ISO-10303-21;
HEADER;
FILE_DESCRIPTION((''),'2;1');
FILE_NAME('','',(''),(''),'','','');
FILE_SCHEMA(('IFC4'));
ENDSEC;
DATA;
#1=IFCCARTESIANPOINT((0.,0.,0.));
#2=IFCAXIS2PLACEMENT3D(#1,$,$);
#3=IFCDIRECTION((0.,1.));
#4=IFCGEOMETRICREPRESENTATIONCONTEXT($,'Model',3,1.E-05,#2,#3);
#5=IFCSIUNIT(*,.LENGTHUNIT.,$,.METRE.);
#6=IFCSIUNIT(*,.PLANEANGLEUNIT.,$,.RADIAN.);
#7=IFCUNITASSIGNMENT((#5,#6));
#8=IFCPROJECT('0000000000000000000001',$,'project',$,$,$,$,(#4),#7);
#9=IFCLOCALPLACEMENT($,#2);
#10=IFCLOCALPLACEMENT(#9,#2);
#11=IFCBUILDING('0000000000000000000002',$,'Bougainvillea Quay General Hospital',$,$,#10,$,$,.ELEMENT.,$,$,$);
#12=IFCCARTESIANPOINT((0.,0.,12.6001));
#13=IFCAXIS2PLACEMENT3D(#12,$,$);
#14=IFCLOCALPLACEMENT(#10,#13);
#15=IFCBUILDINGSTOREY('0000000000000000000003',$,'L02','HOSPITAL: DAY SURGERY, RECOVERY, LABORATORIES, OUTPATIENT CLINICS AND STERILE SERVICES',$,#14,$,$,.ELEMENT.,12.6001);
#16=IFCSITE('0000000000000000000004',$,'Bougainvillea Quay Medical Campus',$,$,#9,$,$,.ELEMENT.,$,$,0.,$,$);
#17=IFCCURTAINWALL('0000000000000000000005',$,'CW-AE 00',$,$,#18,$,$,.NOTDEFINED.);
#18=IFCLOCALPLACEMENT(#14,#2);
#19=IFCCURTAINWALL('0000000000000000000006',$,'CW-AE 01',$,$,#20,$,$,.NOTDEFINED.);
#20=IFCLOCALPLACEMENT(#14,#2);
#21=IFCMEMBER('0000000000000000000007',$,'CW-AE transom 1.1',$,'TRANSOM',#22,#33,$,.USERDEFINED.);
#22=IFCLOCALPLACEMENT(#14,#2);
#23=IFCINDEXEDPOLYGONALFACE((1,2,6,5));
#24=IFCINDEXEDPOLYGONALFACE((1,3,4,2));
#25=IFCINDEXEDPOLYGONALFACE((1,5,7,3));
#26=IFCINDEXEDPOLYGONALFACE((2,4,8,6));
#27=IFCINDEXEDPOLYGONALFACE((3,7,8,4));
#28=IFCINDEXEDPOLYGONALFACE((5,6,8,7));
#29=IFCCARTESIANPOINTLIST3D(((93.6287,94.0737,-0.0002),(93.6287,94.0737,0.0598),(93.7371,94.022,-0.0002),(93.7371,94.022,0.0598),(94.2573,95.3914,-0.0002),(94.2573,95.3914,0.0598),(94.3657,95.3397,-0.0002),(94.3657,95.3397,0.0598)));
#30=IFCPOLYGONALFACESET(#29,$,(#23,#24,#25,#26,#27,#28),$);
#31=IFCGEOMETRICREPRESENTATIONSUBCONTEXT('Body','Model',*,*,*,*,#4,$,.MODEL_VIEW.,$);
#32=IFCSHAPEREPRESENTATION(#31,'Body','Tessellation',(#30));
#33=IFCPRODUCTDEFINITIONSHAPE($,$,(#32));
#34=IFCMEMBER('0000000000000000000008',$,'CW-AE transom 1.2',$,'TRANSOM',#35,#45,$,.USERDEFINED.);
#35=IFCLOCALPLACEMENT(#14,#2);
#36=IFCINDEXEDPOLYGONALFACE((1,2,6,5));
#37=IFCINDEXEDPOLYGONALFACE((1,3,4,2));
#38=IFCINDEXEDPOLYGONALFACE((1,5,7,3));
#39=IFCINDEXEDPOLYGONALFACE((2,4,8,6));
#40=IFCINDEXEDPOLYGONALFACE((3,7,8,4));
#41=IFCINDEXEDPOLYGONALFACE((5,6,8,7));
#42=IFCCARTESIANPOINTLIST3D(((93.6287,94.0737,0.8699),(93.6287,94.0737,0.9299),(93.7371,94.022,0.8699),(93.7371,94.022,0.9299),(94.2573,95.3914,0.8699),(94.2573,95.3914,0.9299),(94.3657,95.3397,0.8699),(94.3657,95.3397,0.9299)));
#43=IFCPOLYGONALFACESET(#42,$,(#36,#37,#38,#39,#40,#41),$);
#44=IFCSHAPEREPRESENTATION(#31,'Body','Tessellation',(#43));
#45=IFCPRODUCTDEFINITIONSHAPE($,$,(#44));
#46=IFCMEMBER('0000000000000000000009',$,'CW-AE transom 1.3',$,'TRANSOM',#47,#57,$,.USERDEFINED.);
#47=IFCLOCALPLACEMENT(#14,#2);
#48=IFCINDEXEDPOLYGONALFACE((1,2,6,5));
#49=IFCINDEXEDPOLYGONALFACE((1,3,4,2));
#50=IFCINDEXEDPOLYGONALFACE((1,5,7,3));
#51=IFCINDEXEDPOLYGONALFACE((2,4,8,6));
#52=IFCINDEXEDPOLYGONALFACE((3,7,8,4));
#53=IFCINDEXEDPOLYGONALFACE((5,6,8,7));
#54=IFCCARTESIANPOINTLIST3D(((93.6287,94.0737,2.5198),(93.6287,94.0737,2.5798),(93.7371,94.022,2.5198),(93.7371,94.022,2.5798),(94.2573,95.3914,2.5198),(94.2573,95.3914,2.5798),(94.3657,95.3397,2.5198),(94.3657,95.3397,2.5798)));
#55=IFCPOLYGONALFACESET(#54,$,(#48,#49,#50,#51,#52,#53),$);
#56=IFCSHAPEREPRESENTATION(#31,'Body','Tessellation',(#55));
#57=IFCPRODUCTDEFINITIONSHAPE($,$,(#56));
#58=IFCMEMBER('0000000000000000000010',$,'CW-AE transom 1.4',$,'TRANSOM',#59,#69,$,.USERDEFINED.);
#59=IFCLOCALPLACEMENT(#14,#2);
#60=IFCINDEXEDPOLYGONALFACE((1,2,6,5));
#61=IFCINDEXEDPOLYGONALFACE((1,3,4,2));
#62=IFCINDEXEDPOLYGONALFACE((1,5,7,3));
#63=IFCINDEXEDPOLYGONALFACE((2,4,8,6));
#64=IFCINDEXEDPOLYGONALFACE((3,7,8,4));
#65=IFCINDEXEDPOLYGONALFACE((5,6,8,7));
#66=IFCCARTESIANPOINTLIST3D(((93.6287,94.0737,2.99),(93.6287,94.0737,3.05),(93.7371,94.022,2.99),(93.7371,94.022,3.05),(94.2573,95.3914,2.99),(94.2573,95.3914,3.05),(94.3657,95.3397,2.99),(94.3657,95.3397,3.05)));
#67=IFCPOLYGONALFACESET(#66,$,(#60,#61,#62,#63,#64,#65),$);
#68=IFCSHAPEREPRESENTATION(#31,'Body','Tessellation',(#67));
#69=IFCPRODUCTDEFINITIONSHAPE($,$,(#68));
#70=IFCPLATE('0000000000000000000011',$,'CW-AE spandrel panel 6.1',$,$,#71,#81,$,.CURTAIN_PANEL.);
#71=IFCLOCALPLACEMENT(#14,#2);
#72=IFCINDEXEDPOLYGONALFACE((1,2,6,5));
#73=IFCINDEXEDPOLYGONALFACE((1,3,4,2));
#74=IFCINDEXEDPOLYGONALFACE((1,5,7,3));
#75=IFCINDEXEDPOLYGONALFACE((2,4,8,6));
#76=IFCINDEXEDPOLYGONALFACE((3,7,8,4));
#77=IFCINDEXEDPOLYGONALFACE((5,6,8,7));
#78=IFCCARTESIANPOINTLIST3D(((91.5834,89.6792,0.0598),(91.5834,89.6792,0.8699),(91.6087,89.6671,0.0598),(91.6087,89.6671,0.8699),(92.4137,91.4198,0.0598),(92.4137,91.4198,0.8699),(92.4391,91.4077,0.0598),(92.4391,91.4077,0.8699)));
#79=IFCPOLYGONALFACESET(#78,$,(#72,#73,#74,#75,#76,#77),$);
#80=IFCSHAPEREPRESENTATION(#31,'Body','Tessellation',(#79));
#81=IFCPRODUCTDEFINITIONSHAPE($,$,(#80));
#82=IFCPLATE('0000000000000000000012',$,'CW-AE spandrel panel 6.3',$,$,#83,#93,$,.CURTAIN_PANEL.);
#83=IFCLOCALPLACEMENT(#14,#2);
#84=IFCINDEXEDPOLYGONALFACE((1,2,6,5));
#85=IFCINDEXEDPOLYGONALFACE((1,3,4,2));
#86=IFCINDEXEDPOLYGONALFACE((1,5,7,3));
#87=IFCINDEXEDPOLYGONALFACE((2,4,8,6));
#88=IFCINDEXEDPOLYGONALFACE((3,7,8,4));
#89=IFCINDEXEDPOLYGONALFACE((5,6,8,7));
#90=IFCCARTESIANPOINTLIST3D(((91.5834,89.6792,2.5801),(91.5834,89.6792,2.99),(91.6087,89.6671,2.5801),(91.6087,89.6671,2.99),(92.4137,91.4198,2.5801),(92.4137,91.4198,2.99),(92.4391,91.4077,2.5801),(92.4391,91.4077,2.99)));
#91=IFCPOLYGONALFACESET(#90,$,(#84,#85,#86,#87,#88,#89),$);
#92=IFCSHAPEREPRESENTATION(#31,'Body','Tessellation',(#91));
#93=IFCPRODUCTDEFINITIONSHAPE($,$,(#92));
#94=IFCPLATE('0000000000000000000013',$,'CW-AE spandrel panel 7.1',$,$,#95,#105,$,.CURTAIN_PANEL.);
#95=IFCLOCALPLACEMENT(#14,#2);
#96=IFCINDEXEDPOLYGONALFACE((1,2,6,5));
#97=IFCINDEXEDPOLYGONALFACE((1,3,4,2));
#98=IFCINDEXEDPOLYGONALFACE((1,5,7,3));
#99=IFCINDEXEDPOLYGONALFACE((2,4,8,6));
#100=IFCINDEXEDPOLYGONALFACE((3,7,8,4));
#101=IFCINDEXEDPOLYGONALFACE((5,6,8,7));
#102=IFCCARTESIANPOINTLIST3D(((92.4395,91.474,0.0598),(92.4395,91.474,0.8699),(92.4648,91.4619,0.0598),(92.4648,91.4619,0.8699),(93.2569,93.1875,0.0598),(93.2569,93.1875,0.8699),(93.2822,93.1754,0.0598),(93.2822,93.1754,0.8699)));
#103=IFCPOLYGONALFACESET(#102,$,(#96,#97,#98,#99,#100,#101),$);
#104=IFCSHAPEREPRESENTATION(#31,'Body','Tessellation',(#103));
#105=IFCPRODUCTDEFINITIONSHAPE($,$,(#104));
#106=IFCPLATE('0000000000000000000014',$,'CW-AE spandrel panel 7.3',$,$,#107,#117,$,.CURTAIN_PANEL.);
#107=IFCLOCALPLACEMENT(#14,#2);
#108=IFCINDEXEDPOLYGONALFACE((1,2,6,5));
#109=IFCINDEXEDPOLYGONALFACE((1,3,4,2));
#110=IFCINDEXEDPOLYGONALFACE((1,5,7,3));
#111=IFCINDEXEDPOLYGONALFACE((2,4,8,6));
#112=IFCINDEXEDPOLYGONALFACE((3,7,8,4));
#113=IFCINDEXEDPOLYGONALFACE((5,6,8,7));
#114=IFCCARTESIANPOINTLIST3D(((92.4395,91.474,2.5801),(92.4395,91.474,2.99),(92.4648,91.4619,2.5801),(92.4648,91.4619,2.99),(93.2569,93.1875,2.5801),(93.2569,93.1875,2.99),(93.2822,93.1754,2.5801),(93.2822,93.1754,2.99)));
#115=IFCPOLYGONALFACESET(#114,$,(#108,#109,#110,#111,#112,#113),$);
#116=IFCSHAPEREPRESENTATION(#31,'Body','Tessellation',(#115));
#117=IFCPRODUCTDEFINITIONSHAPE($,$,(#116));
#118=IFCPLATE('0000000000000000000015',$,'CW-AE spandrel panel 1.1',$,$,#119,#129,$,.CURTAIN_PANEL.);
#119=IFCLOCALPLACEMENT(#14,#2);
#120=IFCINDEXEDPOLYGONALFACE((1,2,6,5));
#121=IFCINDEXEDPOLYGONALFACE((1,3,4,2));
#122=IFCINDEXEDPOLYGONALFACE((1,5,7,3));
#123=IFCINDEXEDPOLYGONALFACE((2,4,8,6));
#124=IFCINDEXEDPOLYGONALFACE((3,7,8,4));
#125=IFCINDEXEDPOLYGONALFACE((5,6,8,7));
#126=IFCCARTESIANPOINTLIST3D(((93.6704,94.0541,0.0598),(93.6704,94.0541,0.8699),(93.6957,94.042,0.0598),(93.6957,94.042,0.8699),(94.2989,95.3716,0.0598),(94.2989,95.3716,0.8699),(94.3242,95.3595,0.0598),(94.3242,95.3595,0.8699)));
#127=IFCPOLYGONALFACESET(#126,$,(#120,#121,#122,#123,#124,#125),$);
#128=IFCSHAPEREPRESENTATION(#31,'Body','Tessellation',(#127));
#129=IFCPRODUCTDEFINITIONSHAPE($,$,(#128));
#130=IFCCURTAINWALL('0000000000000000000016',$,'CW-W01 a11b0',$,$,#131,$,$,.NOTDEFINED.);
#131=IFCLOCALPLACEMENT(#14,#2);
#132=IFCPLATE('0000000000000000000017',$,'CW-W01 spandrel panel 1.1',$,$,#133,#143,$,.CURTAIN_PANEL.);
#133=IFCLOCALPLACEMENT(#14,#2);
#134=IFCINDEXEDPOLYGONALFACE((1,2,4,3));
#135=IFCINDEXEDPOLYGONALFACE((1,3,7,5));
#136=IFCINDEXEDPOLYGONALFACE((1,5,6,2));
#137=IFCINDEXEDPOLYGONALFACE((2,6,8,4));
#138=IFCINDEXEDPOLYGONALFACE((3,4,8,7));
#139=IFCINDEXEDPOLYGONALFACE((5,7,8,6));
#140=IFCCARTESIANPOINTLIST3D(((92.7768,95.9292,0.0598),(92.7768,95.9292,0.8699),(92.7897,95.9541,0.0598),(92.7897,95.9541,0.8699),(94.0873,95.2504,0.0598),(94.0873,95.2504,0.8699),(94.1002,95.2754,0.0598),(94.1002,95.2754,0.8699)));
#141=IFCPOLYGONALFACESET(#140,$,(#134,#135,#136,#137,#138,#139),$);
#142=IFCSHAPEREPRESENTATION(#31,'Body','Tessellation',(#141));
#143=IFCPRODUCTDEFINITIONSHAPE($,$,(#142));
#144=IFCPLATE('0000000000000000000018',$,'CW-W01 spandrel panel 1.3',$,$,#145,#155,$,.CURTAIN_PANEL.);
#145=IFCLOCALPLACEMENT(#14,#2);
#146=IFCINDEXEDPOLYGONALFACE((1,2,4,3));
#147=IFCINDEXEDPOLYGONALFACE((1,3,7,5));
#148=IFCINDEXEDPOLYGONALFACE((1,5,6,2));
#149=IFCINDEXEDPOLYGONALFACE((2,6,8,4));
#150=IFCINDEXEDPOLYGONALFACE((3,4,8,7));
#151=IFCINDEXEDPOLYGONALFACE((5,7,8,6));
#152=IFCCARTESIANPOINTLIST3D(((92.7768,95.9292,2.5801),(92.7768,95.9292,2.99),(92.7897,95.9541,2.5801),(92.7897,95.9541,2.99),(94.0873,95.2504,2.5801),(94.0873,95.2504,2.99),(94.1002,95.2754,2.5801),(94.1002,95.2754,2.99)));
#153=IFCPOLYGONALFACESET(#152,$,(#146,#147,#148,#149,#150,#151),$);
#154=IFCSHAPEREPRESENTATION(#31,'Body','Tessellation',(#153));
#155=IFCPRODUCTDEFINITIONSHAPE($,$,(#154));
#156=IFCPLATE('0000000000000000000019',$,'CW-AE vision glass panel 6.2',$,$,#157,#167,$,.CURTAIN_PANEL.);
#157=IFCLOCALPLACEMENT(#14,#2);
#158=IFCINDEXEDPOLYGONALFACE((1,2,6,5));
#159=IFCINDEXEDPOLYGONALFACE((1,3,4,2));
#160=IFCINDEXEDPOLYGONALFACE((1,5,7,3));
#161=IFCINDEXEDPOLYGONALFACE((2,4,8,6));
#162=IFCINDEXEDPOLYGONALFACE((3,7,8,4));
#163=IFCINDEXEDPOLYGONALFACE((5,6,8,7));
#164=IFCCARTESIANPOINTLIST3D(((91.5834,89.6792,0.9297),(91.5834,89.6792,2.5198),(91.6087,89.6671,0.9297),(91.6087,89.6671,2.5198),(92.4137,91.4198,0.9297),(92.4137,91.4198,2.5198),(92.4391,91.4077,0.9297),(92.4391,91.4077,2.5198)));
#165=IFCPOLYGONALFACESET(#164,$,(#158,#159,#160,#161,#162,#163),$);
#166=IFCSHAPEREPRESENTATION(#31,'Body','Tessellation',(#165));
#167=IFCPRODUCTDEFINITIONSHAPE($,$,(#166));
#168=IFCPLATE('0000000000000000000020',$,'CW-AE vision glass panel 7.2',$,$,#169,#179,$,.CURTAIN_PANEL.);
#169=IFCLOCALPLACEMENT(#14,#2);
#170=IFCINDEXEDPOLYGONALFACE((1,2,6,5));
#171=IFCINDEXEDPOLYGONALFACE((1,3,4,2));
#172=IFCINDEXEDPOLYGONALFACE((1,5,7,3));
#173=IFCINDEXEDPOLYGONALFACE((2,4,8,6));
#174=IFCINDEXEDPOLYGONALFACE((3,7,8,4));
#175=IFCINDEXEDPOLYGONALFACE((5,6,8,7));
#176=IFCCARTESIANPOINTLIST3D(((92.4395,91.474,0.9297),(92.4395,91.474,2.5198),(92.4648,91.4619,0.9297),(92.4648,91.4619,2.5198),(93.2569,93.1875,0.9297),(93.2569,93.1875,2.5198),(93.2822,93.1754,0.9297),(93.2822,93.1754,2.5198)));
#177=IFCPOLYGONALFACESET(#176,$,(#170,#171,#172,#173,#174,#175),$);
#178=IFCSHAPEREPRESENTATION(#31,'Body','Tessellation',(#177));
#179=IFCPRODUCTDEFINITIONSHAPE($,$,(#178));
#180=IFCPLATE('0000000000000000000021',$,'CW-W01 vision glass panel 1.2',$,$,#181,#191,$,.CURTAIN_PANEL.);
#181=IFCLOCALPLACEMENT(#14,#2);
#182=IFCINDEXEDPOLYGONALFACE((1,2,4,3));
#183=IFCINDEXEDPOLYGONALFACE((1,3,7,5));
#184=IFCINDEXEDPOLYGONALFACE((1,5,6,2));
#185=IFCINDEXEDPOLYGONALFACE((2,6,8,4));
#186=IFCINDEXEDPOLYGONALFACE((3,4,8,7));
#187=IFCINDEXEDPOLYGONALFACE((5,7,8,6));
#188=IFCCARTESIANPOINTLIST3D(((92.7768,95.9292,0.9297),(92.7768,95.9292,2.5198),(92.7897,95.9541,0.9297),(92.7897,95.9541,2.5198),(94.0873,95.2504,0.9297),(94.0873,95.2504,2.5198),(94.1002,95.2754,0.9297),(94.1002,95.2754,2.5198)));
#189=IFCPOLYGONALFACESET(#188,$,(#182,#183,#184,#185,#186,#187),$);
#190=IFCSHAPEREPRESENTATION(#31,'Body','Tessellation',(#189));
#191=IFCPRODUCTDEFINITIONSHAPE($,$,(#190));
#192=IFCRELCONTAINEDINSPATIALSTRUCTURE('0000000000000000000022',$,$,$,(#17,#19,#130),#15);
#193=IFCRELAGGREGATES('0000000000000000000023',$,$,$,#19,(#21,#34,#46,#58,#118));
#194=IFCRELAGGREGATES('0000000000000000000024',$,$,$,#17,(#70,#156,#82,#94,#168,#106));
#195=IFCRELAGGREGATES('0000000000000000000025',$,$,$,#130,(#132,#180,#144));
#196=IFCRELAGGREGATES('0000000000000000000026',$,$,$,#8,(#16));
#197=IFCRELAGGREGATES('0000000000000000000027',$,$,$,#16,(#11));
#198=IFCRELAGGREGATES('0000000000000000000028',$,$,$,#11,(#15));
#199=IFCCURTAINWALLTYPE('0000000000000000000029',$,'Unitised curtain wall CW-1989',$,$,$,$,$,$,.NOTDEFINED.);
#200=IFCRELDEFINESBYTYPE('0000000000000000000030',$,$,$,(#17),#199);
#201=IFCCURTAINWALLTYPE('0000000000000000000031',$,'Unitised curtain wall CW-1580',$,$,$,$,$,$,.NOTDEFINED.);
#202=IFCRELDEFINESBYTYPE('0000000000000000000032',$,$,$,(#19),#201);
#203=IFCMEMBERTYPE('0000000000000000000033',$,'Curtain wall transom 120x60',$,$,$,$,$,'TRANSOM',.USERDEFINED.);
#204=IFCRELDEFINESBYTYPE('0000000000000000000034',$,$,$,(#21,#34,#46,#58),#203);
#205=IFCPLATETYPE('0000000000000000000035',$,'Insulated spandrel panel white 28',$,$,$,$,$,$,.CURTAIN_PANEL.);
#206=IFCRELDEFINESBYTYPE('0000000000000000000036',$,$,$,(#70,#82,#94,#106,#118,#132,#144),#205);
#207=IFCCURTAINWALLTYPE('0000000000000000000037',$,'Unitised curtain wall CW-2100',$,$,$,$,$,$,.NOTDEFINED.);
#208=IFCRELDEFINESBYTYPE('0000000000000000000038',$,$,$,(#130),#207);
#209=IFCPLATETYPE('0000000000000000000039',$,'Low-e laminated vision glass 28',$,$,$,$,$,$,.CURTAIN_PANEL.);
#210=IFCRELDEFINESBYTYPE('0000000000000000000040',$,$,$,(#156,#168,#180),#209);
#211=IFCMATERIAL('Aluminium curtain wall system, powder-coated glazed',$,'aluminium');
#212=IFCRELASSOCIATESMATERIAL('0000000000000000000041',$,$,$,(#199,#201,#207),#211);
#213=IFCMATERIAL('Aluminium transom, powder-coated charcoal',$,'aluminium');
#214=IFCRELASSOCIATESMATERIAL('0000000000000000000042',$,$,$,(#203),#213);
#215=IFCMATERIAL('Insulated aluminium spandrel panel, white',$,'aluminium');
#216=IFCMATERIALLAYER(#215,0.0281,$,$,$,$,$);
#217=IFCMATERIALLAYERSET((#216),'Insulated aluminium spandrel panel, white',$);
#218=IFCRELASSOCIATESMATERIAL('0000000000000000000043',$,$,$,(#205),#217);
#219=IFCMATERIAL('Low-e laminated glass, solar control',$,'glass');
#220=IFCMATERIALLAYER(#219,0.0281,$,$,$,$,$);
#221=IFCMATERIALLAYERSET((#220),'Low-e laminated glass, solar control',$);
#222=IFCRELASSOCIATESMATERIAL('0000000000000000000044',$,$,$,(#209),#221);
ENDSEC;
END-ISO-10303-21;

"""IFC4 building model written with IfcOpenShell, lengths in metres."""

from ifc_helpers import new_model, si_unit, direction, frame, origin, origin_2d, place, context, subcontext, project, spatial, rectangle, extrude, material, layer, layer_set, material_profile, profile_set, type_object, element, aggregate, save


model = new_model("IFC4")

# Units and contexts
model_context = context("Model", 3, precision=1e-05, world=origin(), true_north=direction((0.0, 1.0)))
body_context = subcontext(model_context, "Body", "Model", "MODEL_VIEW")
ifc_project = project(units=[si_unit("LENGTHUNIT", "METRE"), si_unit("PLANEANGLEUNIT", "RADIAN")], contexts=[model_context])

# Site, building, storey
site_placement = place(None, origin())
site = spatial("IfcSite", under=ifc_project, at=site_placement, Name="Bougainvillea Quay Medical Campus", CompositionType="ELEMENT", RefElevation=0.0)
building_placement = place(site_placement, origin())
building = spatial("IfcBuilding", under=site, at=building_placement, Name="Bougainvillea Quay General Hospital", CompositionType="ELEMENT")
storey_placement = place(building_placement, frame((0.0, 0.0, 12.6001)))
storey = spatial("IfcBuildingStorey", under=building, at=storey_placement, Name="L02", Description="HOSPITAL: DAY SURGERY, RECOVERY, LABORATORIES, OUTPATIENT CLINICS AND STERILE SERVICES", CompositionType="ELEMENT", Elevation=12.6001)

# Curtain wall
ifc_material_1 = material(Name="Aluminium curtain wall system, powder-coated glazed", Category="aluminium")
curtain_wall_type_1 = type_object("IfcCurtainWallType", Name="Unitised curtain wall CW-1989", PredefinedType="NOTDEFINED", material=ifc_material_1)
curtain_wall_1_placement = place(storey_placement, origin())
curtain_wall_1 = element("IfcCurtainWall", 1, at=curtain_wall_1_placement, inside=storey, type_object=curtain_wall_type_1, Name="CW-AE 00", PredefinedType="NOTDEFINED")

# Curtain wall
curtain_wall_type_2 = type_object("IfcCurtainWallType", Name="Unitised curtain wall CW-1580", PredefinedType="NOTDEFINED", material=ifc_material_1)
curtain_wall_2_placement = place(storey_placement, origin())
curtain_wall_2 = element("IfcCurtainWall", 2, at=curtain_wall_2_placement, inside=storey, type_object=curtain_wall_type_2, Name="CW-AE 01", PredefinedType="NOTDEFINED")

# Members
ifc_material_2 = material(Name="Aluminium transom, powder-coated charcoal", Category="aluminium")
ifc_material_profile_1 = material_profile(ifc_material_2, rectangle(XDim=0.1201, YDim=0.0601, at=origin_2d()))
ifc_profile_set_1 = profile_set([ifc_material_profile_1], Name="Aluminium transom, powder-coated charcoal")
member_type_1 = type_object("IfcMemberType", Name="Curtain wall transom 120x60", ElementType="TRANSOM", PredefinedType="USERDEFINED", material=ifc_profile_set_1)
member_1_placement = place(storey_placement, frame((93.6829, 94.0479, 0.0298), z_axis=(0.430615, 0.902536, 0.0), x_axis=(-0.902536, 0.430615, 0.0)))
member_1 = element("IfcMember", 3, at=member_1_placement, type_object=member_type_1, Name="CW-AE transom 1.1", ObjectType="TRANSOM", PredefinedType="USERDEFINED", context=body_context, shape_type="SweptSolid", body=[
    extrude(rectangle(XDim=0.1201, YDim=0.0601, at=origin_2d()), origin(), (0.0, 0.0, 1.0), 1.46),
])
member_2_placement = place(storey_placement, frame((93.6829, 94.0479, 0.8999), z_axis=(0.430615, 0.902536, 0.0), x_axis=(-0.902536, 0.430615, 0.0)))
member_2 = element("IfcMember", 4, at=member_2_placement, type_object=member_type_1, Name="CW-AE transom 1.2", ObjectType="TRANSOM", PredefinedType="USERDEFINED", context=body_context, shape_type="SweptSolid", body=[
    extrude(rectangle(XDim=0.1201, YDim=0.0601, at=origin_2d()), origin(), (0.0, 0.0, 1.0), 1.46),
])
member_3_placement = place(storey_placement, frame((93.6829, 94.0479, 2.5498), z_axis=(0.430615, 0.902536, 0.0), x_axis=(-0.902536, 0.430615, 0.0)))
member_3 = element("IfcMember", 5, at=member_3_placement, type_object=member_type_1, Name="CW-AE transom 1.3", ObjectType="TRANSOM", PredefinedType="USERDEFINED", context=body_context, shape_type="SweptSolid", body=[
    extrude(rectangle(XDim=0.1201, YDim=0.0601, at=origin_2d()), origin(), (0.0, 0.0, 1.0), 1.46),
])
member_4_placement = place(storey_placement, frame((93.6829, 94.0479, 3.02), z_axis=(0.430615, 0.902536, 0.0), x_axis=(-0.902536, 0.430615, 0.0)))
member_4 = element("IfcMember", 6, at=member_4_placement, type_object=member_type_1, Name="CW-AE transom 1.4", ObjectType="TRANSOM", PredefinedType="USERDEFINED", context=body_context, shape_type="SweptSolid", body=[
    extrude(rectangle(XDim=0.1201, YDim=0.0601, at=origin_2d()), origin(), (0.0, 0.0, 1.0), 1.46),
])

# Plates
ifc_material_3 = material(Name="Insulated aluminium spandrel panel, white", Category="aluminium")
ifc_layer_1 = layer(ifc_material_3, 0.0281)
ifc_layer_set_1 = layer_set([ifc_layer_1], Name="Insulated aluminium spandrel panel, white")
plate_type_1 = type_object("IfcPlateType", Name="Insulated spandrel panel white 28", PredefinedType="CURTAIN_PANEL", material=ifc_layer_set_1)
plate_1_placement = place(storey_placement, frame((92.0112, 90.5435, 0.0598), z_axis=(0.0, 0.0, 1.0), x_axis=(0.430563, 0.902561, 0.0)))
plate_1 = element("IfcPlate", 7, at=plate_1_placement, type_object=plate_type_1, Name="CW-AE spandrel panel 6.1", PredefinedType="CURTAIN_PANEL", context=body_context, shape_type="SweptSolid", body=[
    extrude(rectangle(XDim=1.9285, YDim=0.0281, at=origin_2d()), origin(), (0.0, 0.0, 1.0), 0.8101),
])
plate_2_placement = place(storey_placement, frame((92.0112, 90.5435, 2.5801), z_axis=(0.0, 0.0, 1.0), x_axis=(0.430563, 0.902561, 0.0)))
plate_2 = element("IfcPlate", 8, at=plate_2_placement, type_object=plate_type_1, Name="CW-AE spandrel panel 6.3", PredefinedType="CURTAIN_PANEL", context=body_context, shape_type="SweptSolid", body=[
    extrude(rectangle(XDim=1.9285, YDim=0.0281, at=origin_2d()), origin(), (0.0, 0.0, 1.0), 0.4099),
])
plate_3_placement = place(storey_placement, frame((92.8608, 92.3247, 0.0598), z_axis=(0.0, 0.0, 1.0), x_axis=(0.430563, 0.902561, 0.0)))
plate_3 = element("IfcPlate", 9, at=plate_3_placement, type_object=plate_type_1, Name="CW-AE spandrel panel 7.1", PredefinedType="CURTAIN_PANEL", context=body_context, shape_type="SweptSolid", body=[
    extrude(rectangle(XDim=1.8984, YDim=0.0281, at=origin_2d()), origin(), (0.0, 0.0, 1.0), 0.8101),
])
plate_4_placement = place(storey_placement, frame((92.8608, 92.3247, 2.5801), z_axis=(0.0, 0.0, 1.0), x_axis=(0.430563, 0.902561, 0.0)))
plate_4 = element("IfcPlate", 10, at=plate_4_placement, type_object=plate_type_1, Name="CW-AE spandrel panel 7.3", PredefinedType="CURTAIN_PANEL", context=body_context, shape_type="SweptSolid", body=[
    extrude(rectangle(XDim=1.8984, YDim=0.0281, at=origin_2d()), origin(), (0.0, 0.0, 1.0), 0.4099),
])
plate_5_placement = place(storey_placement, frame((93.9973, 94.7068, 0.0598), z_axis=(0.0, 0.0, 1.0), x_axis=(0.430563, 0.902561, 0.0)))
plate_5 = element("IfcPlate", 11, at=plate_5_placement, type_object=plate_type_1, Name="CW-AE spandrel panel 1.1", PredefinedType="CURTAIN_PANEL", context=body_context, shape_type="SweptSolid", body=[
    extrude(rectangle(XDim=1.4597, YDim=0.0281, at=origin_2d()), origin(), (0.0, 0.0, 1.0), 0.8101),
])
aggregate(curtain_wall_2, [member_1, member_2, member_3, member_4, plate_5])

# Curtain wall, plates
curtain_wall_type_3 = type_object("IfcCurtainWallType", Name="Unitised curtain wall CW-2100", PredefinedType="NOTDEFINED", material=ifc_material_1)
curtain_wall_3_placement = place(storey_placement, origin())
curtain_wall_3 = element("IfcCurtainWall", 12, at=curtain_wall_3_placement, inside=storey, type_object=curtain_wall_type_3, Name="CW-W01 a11b0", PredefinedType="NOTDEFINED")
plate_6_placement = place(storey_placement, frame((93.4385, 95.6023, 0.0598), z_axis=(0.0, 0.0, 1.0), x_axis=(-0.887958, 0.459924, 0.0)))
plate_6 = element("IfcPlate", 13, at=plate_6_placement, type_object=plate_type_1, Name="CW-W01 spandrel panel 1.1", PredefinedType="CURTAIN_PANEL", context=body_context, shape_type="SweptSolid", body=[
    extrude(rectangle(XDim=1.4758, YDim=0.0281, at=origin_2d()), origin(), (0.0, 0.0, 1.0), 0.8101),
])
plate_7_placement = place(storey_placement, frame((93.4385, 95.6023, 2.5801), z_axis=(0.0, 0.0, 1.0), x_axis=(-0.887958, 0.459924, 0.0)))
plate_7 = element("IfcPlate", 14, at=plate_7_placement, type_object=plate_type_1, Name="CW-W01 spandrel panel 1.3", PredefinedType="CURTAIN_PANEL", context=body_context, shape_type="SweptSolid", body=[
    extrude(rectangle(XDim=1.4758, YDim=0.0281, at=origin_2d()), origin(), (0.0, 0.0, 1.0), 0.4099),
])

# Plates
ifc_material_4 = material(Name="Low-e laminated glass, solar control", Category="glass")
ifc_layer_2 = layer(ifc_material_4, 0.0281)
ifc_layer_set_2 = layer_set([ifc_layer_2], Name="Low-e laminated glass, solar control")
plate_type_2 = type_object("IfcPlateType", Name="Low-e laminated vision glass 28", PredefinedType="CURTAIN_PANEL", material=ifc_layer_set_2)
plate_8_placement = place(storey_placement, frame((92.0112, 90.5435, 0.9297), z_axis=(0.0, 0.0, 1.0), x_axis=(0.430563, 0.902561, 0.0)))
plate_8 = element("IfcPlate", 15, at=plate_8_placement, type_object=plate_type_2, Name="CW-AE vision glass panel 6.2", PredefinedType="CURTAIN_PANEL", context=body_context, shape_type="SweptSolid", body=[
    extrude(rectangle(XDim=1.9285, YDim=0.0281, at=origin_2d()), origin(), (0.0, 0.0, 1.0), 1.5901),
])
plate_9_placement = place(storey_placement, frame((92.8608, 92.3247, 0.9297), z_axis=(0.0, 0.0, 1.0), x_axis=(0.430563, 0.902561, 0.0)))
plate_9 = element("IfcPlate", 16, at=plate_9_placement, type_object=plate_type_2, Name="CW-AE vision glass panel 7.2", PredefinedType="CURTAIN_PANEL", context=body_context, shape_type="SweptSolid", body=[
    extrude(rectangle(XDim=1.8984, YDim=0.0281, at=origin_2d()), origin(), (0.0, 0.0, 1.0), 1.5901),
])
aggregate(curtain_wall_1, [plate_1, plate_8, plate_2, plate_3, plate_9, plate_4])
plate_10_placement = place(storey_placement, frame((93.4385, 95.6023, 0.9297), z_axis=(0.0, 0.0, 1.0), x_axis=(-0.887958, 0.459924, 0.0)))
plate_10 = element("IfcPlate", 17, at=plate_10_placement, type_object=plate_type_2, Name="CW-W01 vision glass panel 1.2", PredefinedType="CURTAIN_PANEL", context=body_context, shape_type="SweptSolid", body=[
    extrude(rectangle(XDim=1.4758, YDim=0.0281, at=origin_2d()), origin(), (0.0, 0.0, 1.0), 1.5901),
])
aggregate(curtain_wall_3, [plate_6, plate_10, plate_7])

save(model, "model.ifc")
